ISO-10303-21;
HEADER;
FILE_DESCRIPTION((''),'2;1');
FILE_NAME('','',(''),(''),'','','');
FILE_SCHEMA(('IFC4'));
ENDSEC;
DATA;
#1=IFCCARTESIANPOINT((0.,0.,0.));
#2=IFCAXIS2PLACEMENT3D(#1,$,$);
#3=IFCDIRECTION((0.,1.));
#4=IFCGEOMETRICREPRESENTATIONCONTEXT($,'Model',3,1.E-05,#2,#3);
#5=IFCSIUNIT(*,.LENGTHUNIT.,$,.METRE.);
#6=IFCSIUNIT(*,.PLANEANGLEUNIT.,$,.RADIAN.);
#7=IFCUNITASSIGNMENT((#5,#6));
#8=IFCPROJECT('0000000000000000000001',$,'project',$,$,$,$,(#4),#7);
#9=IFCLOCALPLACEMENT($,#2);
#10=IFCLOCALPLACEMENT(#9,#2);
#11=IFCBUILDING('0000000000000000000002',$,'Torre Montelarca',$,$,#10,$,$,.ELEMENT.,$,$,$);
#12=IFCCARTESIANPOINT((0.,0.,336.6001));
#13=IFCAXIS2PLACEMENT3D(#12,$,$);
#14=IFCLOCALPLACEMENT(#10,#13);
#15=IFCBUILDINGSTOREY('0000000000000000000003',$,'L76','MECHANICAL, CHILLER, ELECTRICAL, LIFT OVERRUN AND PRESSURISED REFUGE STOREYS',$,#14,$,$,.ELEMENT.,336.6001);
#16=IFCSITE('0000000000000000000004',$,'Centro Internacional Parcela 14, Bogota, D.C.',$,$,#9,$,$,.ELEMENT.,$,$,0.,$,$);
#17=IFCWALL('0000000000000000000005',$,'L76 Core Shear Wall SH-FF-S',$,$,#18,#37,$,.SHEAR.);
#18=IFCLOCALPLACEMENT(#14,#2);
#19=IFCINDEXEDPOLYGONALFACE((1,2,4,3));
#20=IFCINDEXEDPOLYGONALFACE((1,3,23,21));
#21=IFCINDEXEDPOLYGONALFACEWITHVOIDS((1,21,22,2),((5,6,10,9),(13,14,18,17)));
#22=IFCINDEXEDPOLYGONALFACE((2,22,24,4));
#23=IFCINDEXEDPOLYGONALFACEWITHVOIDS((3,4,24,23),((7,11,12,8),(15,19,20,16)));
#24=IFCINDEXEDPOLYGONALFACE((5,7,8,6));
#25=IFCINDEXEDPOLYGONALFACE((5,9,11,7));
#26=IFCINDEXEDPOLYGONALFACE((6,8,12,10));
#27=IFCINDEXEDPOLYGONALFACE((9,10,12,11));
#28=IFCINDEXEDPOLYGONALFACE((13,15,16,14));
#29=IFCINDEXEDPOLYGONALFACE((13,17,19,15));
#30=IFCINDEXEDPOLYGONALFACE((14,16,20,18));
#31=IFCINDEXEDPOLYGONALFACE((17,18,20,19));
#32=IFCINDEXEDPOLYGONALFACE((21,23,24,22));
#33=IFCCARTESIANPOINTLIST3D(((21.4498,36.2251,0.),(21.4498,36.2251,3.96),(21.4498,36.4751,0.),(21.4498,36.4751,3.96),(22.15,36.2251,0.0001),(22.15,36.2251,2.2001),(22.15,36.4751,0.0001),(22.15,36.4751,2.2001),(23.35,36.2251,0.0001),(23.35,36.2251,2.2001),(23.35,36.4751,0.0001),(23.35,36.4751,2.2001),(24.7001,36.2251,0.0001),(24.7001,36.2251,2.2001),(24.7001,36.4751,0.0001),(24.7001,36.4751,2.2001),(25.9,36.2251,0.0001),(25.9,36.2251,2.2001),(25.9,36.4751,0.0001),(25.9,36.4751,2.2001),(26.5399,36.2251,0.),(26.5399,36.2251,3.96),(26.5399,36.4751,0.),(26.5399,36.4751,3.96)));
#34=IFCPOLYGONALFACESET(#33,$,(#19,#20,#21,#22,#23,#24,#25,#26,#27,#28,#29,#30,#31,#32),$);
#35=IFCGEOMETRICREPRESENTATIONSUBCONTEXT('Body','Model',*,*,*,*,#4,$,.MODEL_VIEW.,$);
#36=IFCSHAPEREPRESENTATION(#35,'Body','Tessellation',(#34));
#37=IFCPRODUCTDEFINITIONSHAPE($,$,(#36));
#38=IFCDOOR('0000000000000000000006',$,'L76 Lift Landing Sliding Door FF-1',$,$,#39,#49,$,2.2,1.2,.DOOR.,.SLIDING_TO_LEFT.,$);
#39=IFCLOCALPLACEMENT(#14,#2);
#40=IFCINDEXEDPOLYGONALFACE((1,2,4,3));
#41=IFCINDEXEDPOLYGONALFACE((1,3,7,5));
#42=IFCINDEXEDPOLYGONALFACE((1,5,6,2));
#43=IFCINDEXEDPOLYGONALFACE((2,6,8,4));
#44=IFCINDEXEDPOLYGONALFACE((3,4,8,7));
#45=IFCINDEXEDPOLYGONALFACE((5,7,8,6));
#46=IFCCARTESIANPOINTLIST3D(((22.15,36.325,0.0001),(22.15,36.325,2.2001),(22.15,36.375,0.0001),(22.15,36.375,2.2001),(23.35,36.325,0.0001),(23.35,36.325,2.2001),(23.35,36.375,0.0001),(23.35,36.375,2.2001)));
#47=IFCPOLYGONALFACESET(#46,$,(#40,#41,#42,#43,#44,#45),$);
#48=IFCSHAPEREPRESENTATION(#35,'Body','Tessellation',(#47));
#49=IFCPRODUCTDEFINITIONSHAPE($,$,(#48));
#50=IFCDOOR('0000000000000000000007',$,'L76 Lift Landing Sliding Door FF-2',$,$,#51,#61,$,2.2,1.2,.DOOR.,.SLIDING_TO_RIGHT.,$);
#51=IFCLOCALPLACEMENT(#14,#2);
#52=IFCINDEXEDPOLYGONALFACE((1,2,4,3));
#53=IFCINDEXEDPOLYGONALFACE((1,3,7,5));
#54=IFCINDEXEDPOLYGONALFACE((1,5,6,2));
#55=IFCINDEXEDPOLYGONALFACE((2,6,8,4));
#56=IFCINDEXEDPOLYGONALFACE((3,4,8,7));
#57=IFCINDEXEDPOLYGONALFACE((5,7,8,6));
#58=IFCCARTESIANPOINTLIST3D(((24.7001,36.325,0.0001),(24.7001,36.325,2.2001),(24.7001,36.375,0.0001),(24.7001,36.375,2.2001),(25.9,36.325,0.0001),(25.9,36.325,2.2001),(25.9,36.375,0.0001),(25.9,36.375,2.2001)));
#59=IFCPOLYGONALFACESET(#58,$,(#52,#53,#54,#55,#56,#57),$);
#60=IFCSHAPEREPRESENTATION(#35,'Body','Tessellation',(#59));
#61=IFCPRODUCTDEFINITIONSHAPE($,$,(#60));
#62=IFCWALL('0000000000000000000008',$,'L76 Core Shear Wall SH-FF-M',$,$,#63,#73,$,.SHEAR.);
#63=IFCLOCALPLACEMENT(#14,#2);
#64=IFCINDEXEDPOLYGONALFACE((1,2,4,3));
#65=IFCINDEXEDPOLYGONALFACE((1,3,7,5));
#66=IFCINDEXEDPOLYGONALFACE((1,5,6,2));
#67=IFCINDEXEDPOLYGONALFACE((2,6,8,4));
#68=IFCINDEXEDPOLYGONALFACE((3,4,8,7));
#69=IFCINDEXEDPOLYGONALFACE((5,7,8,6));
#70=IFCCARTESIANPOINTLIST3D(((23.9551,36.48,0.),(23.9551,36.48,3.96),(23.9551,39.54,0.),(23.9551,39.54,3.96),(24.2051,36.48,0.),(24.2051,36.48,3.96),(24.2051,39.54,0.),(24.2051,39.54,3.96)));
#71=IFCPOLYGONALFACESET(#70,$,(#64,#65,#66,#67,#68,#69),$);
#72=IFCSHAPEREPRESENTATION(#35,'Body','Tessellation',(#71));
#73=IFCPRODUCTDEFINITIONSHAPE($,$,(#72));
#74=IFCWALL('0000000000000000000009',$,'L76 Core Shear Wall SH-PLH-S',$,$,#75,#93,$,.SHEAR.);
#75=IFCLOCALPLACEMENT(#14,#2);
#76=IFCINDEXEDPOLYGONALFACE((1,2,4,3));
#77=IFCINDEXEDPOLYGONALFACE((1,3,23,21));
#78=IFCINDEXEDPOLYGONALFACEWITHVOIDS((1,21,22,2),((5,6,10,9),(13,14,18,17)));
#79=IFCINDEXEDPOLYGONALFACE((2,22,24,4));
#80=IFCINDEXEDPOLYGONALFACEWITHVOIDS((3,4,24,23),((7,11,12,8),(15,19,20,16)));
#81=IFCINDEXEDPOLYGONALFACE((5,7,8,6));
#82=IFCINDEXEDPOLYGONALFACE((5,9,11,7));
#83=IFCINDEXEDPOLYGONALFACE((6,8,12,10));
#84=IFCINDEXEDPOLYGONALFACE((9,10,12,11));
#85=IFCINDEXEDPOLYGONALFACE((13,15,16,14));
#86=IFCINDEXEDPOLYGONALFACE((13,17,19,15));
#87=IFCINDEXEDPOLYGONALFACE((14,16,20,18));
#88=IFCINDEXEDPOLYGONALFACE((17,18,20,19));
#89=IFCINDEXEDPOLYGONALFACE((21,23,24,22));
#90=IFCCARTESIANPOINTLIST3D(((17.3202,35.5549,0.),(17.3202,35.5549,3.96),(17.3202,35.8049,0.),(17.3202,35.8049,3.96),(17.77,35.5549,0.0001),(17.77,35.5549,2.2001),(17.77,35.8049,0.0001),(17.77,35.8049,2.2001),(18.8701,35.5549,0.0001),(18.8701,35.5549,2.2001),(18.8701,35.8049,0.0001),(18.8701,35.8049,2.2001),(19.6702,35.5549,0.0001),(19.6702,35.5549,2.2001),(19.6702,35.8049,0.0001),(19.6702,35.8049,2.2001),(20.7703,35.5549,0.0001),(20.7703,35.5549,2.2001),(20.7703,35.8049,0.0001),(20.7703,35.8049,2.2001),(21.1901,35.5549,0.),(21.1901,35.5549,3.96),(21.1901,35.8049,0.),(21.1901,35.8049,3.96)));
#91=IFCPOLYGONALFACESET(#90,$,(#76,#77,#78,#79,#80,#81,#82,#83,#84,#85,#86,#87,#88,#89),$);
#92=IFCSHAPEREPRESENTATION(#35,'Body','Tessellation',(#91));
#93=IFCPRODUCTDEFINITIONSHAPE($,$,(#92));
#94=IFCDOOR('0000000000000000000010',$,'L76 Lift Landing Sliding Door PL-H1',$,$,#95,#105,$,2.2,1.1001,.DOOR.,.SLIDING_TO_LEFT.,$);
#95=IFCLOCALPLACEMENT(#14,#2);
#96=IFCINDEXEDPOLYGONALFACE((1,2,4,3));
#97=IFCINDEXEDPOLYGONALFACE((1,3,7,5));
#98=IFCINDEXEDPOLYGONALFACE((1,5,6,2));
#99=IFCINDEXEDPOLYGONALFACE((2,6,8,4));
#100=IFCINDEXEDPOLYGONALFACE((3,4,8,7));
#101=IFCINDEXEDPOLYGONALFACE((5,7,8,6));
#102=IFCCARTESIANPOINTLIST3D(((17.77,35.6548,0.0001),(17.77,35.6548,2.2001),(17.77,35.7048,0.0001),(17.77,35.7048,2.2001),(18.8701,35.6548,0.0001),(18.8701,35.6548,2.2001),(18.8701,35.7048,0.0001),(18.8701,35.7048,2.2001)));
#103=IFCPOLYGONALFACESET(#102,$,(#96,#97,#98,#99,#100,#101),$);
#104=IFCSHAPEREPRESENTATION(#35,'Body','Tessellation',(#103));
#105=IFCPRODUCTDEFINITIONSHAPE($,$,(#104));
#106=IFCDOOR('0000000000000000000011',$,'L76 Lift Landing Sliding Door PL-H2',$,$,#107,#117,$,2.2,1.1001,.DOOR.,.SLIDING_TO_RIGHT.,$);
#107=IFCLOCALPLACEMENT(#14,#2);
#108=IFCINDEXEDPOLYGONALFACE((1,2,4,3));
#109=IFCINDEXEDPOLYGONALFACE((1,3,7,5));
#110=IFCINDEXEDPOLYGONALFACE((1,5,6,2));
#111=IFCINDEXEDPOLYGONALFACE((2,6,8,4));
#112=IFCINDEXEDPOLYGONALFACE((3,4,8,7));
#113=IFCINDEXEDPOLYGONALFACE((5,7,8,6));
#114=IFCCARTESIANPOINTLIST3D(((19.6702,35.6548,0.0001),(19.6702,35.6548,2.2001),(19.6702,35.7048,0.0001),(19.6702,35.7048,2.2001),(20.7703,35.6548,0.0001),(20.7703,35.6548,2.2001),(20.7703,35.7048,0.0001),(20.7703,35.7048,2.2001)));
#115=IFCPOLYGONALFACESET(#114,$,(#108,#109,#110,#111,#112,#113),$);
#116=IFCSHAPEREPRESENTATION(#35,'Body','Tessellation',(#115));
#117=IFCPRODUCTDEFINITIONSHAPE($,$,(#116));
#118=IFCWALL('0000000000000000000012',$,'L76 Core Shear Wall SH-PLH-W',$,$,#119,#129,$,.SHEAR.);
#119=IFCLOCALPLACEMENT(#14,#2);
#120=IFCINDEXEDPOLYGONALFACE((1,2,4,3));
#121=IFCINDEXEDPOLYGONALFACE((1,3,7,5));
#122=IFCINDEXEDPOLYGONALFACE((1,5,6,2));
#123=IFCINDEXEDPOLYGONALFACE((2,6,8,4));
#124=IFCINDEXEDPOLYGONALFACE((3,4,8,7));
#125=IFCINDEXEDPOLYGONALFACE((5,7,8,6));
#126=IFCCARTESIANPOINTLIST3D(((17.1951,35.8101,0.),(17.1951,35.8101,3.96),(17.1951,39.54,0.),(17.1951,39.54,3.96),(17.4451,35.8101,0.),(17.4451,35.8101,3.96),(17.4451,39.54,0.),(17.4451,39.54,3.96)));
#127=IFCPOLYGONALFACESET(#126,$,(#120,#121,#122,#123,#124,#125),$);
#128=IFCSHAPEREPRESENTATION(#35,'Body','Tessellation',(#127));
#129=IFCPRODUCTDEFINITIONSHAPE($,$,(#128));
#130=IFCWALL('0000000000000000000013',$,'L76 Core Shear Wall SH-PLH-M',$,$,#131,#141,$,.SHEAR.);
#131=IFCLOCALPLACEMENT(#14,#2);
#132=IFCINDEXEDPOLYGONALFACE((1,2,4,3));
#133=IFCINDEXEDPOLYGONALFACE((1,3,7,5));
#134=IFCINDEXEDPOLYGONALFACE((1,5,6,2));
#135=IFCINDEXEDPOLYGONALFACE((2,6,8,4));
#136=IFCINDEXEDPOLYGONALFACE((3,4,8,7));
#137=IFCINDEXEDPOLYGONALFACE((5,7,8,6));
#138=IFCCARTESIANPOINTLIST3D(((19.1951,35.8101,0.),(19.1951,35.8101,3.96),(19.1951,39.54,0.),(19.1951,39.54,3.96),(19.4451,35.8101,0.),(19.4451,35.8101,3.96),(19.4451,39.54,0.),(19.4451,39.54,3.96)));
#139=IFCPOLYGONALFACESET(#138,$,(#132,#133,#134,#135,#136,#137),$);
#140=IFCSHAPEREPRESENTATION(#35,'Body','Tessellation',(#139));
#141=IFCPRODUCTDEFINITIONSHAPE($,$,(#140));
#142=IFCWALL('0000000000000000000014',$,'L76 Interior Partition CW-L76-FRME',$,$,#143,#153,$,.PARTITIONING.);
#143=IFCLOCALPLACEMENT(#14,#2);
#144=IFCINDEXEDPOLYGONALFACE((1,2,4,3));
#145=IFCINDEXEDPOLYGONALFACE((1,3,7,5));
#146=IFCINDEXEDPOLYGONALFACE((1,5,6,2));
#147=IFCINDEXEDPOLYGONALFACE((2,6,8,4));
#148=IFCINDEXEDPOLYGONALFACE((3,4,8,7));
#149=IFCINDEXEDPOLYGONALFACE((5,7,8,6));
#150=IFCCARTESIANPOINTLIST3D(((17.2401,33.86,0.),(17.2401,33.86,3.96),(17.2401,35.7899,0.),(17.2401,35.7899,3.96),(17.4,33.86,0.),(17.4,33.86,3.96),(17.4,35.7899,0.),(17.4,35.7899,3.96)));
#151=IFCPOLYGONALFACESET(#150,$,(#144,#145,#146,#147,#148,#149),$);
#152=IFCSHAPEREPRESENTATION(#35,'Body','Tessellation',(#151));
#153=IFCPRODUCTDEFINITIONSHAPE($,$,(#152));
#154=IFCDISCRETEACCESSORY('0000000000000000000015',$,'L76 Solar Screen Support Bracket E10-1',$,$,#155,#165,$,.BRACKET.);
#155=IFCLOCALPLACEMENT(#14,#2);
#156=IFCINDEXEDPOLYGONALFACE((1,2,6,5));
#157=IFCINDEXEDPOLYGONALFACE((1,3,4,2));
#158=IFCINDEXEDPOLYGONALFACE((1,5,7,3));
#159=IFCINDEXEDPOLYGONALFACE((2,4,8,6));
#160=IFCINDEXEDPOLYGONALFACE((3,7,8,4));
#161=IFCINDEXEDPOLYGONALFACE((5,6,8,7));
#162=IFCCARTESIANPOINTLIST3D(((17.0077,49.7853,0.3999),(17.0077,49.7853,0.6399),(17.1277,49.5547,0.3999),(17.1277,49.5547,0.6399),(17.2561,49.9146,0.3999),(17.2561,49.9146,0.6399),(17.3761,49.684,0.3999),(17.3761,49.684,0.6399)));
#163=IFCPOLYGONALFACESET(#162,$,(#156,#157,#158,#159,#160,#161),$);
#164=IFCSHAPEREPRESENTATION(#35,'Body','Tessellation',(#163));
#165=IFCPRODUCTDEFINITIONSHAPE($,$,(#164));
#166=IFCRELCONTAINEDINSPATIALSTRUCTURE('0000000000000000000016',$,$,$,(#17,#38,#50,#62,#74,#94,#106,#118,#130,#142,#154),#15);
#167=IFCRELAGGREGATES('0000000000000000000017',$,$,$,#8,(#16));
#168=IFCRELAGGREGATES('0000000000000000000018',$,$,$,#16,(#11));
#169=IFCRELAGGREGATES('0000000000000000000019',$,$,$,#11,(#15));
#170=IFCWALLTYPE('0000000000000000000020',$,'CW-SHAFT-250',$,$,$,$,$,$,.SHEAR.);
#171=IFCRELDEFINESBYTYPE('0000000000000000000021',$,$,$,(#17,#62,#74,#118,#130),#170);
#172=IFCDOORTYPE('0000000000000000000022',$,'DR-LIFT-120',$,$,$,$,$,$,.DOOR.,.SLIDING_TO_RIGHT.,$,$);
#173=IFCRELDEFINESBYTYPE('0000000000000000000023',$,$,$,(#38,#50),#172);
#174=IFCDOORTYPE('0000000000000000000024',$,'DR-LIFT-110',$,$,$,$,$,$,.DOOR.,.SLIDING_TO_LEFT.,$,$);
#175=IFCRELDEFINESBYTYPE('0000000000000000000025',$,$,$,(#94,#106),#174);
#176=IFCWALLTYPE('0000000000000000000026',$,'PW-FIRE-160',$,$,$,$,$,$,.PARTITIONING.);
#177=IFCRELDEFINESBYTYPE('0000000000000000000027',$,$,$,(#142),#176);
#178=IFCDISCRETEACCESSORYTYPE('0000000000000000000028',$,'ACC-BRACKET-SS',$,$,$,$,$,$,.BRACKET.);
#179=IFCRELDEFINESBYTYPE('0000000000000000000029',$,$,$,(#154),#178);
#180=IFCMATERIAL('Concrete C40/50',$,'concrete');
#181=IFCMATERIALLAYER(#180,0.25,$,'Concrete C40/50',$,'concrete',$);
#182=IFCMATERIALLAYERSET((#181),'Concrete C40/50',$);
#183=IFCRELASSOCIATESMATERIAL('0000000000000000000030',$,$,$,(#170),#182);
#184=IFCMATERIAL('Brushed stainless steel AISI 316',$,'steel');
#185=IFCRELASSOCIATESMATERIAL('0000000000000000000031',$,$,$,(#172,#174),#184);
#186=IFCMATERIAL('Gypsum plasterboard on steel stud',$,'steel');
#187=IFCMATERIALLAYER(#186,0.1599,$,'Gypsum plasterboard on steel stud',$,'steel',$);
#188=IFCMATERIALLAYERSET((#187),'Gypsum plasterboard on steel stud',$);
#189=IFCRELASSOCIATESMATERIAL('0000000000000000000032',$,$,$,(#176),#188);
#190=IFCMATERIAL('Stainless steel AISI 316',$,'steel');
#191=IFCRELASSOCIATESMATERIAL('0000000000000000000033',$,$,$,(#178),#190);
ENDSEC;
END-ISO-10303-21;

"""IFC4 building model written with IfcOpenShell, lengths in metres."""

from ifc_helpers import new_model, si_unit, direction, frame, frame_2d, origin, origin_2d, place, context, subcontext, project, spatial, rectangle, extrude, source, transform, mapped, material, layer, layer_set, type_object, element, fill, save


model = new_model("IFC4")

# Units and contexts
model_context = context("Model", 3, precision=1e-05, world=origin(), true_north=direction((0.0, 1.0)))
body_context = subcontext(model_context, "Body", "Model", "MODEL_VIEW")
ifc_project = project(units=[si_unit("LENGTHUNIT", "METRE"), si_unit("PLANEANGLEUNIT", "RADIAN")], contexts=[model_context])

# Site, building, storey
site_placement = place(None, origin())
site = spatial("IfcSite", under=ifc_project, at=site_placement, Name="Centro Internacional Parcela 14, Bogota, D.C.", CompositionType="ELEMENT", RefElevation=0.0)
building_placement = place(site_placement, origin())
building = spatial("IfcBuilding", under=site, at=building_placement, Name="Torre Montelarca", CompositionType="ELEMENT")
storey_placement = place(building_placement, frame((0.0, 0.0, 336.6001)))
storey = spatial("IfcBuildingStorey", under=building, at=storey_placement, Name="L76", Description="MECHANICAL, CHILLER, ELECTRICAL, LIFT OVERRUN AND PRESSURISED REFUGE STOREYS", CompositionType="ELEMENT", Elevation=336.6001)

# Shared definitions
ifc_material_1 = material(Name="Concrete C40/50", Category="concrete")
ifc_layer_1 = layer(ifc_material_1, 0.25, Name="Concrete C40/50", Category="concrete")
ifc_layer_set_1 = layer_set([ifc_layer_1], Name="Concrete C40/50")
wall_type_1 = type_object("IfcWallType", Name="CW-SHAFT-250", PredefinedType="SHEAR", material=ifc_layer_set_1)

# Wall, openings, doors
wall_1_placement = place(storey_placement, frame((21.45, 36.3501, 0.0), z_axis=(0.0, 0.0, 1.0), x_axis=(1.0, 0.0, 0.0)))
wall_1 = element("IfcWall", 1, at=wall_1_placement, inside=storey, type_object=wall_type_1, Name="L76 Core Shear Wall SH-FF-S", PredefinedType="SHEAR", context=body_context, shape_type="SweptSolid", body=[
    extrude(rectangle(XDim=5.0901, YDim=0.25, at=frame_2d((2.5449, 0.0))), origin(), (0.0, 0.0, 1.0), 3.96),
])
opening_1_placement = place(wall_1_placement, frame((0.7, 0.0, 0.0)))
opening_1 = element("IfcOpeningElement", 2, at=opening_1_placement, cuts=wall_1, PredefinedType="OPENING", context=body_context, shape_type="SweptSolid", body=[
    extrude(rectangle(XDim=1.2, YDim=2.2, at=frame_2d((0.6001, 1.1001))), frame((0.0, 0.135, 0.0), z_axis=(0.0, -1.0, 0.0), x_axis=(1.0, 0.0, 0.0)), (0.0, 0.0, 1.0), 0.27),
])
opening_2_placement = place(wall_1_placement, frame((3.25, 0.0, 0.0)))
opening_2 = element("IfcOpeningElement", 3, at=opening_2_placement, cuts=wall_1, PredefinedType="OPENING", context=body_context, shape_type="SweptSolid", body=[
    extrude(rectangle(XDim=1.2, YDim=2.2, at=frame_2d((0.6001, 1.1001))), frame((0.0, 0.135, 0.0), z_axis=(0.0, -1.0, 0.0), x_axis=(1.0, 0.0, 0.0)), (0.0, 0.0, 1.0), 0.27),
])
ifc_material_2 = material(Name="Brushed stainless steel AISI 316", Category="steel")
door_type_1 = type_object("IfcDoorType", Name="DR-LIFT-120", OperationType="SLIDING_TO_RIGHT", PredefinedType="DOOR", material=ifc_material_2)
shared_shape_1 = source(origin(), body_context, "Body", "SweptSolid", [
    extrude(rectangle(XDim=1.2, YDim=2.2, at=frame_2d((0.6001, 1.1001))), frame((0.0, 0.0249, 0.0), z_axis=(0.0, -1.0, 0.0), x_axis=(1.0, 0.0, 0.0)), (0.0, 0.0, 1.0), 0.05),
])
door_1_placement = place(opening_1_placement, origin())
door_1 = element("IfcDoor", 4, at=door_1_placement, inside=storey, type_object=door_type_1, Name="L76 Lift Landing Sliding Door FF-1", OperationType="SLIDING_TO_LEFT", OverallHeight=2.2, OverallWidth=1.2, PredefinedType="DOOR", context=body_context, shape_type="MappedRepresentation", body=[
    mapped(shared_shape_1, transform((0.0, 0.0, 0.0), scale=1.0)),
])
fill(opening_1, door_1)
door_2_placement = place(opening_2_placement, origin())
door_2 = element("IfcDoor", 5, at=door_2_placement, inside=storey, type_object=door_type_1, Name="L76 Lift Landing Sliding Door FF-2", OperationType="SLIDING_TO_RIGHT", OverallHeight=2.2, OverallWidth=1.2, PredefinedType="DOOR", context=body_context, shape_type="MappedRepresentation", body=[
    mapped(shared_shape_1, transform((0.0, 0.0, 0.0), scale=1.0)),
])
fill(opening_2, door_2)

# Wall
wall_2_placement = place(storey_placement, frame((24.0801, 36.48, 0.0), z_axis=(0.0, 0.0, 1.0), x_axis=(0.0, 1.0, 0.0)))
element("IfcWall", 6, at=wall_2_placement, inside=storey, type_object=wall_type_1, Name="L76 Core Shear Wall SH-FF-M", PredefinedType="SHEAR", context=body_context, shape_type="SweptSolid", body=[
    extrude(rectangle(XDim=3.0601, YDim=0.25, at=frame_2d((1.53, 0.0))), origin(), (0.0, 0.0, 1.0), 3.96),
])

# Wall, openings, doors
wall_3_placement = place(storey_placement, frame((17.3201, 35.6799, 0.0), z_axis=(0.0, 0.0, 1.0), x_axis=(1.0, 0.0, 0.0)))
wall_3 = element("IfcWall", 7, at=wall_3_placement, inside=storey, type_object=wall_type_1, Name="L76 Core Shear Wall SH-PLH-S", PredefinedType="SHEAR", context=body_context, shape_type="SweptSolid", body=[
    extrude(rectangle(XDim=3.8699, YDim=0.25, at=frame_2d((1.9351, 0.0))), origin(), (0.0, 0.0, 1.0), 3.96),
])
opening_3_placement = place(wall_3_placement, frame((0.45, 0.0, 0.0)))
opening_3 = element("IfcOpeningElement", 8, at=opening_3_placement, cuts=wall_3, PredefinedType="OPENING", context=body_context, shape_type="SweptSolid", body=[
    extrude(rectangle(XDim=1.1001, YDim=2.2, at=frame_2d((0.55, 1.1001))), frame((0.0, 0.135, 0.0), z_axis=(0.0, -1.0, 0.0), x_axis=(1.0, 0.0, 0.0)), (0.0, 0.0, 1.0), 0.27),
])
opening_4_placement = place(wall_3_placement, frame((2.3501, 0.0, 0.0)))
opening_4 = element("IfcOpeningElement", 9, at=opening_4_placement, cuts=wall_3, PredefinedType="OPENING", context=body_context, shape_type="SweptSolid", body=[
    extrude(rectangle(XDim=1.1001, YDim=2.2, at=frame_2d((0.55, 1.1001))), frame((0.0, 0.135, 0.0), z_axis=(0.0, -1.0, 0.0), x_axis=(1.0, 0.0, 0.0)), (0.0, 0.0, 1.0), 0.27),
])
door_type_2 = type_object("IfcDoorType", Name="DR-LIFT-110", OperationType="SLIDING_TO_LEFT", PredefinedType="DOOR", material=ifc_material_2)
shared_shape_2 = source(origin(), body_context, "Body", "SweptSolid", [
    extrude(rectangle(XDim=1.1001, YDim=2.2, at=frame_2d((0.55, 1.1001))), frame((0.0, 0.0249, 0.0), z_axis=(0.0, -1.0, 0.0), x_axis=(1.0, 0.0, 0.0)), (0.0, 0.0, 1.0), 0.05),
])
door_3_placement = place(opening_3_placement, origin())
door_3 = element("IfcDoor", 10, at=door_3_placement, inside=storey, type_object=door_type_2, Name="L76 Lift Landing Sliding Door PL-H1", OperationType="SLIDING_TO_LEFT", OverallHeight=2.2, OverallWidth=1.1001, PredefinedType="DOOR", context=body_context, shape_type="MappedRepresentation", body=[
    mapped(shared_shape_2, transform((0.0, 0.0, 0.0), scale=1.0)),
])
fill(opening_3, door_3)
door_4_placement = place(opening_4_placement, origin())
door_4 = element("IfcDoor", 11, at=door_4_placement, inside=storey, type_object=door_type_2, Name="L76 Lift Landing Sliding Door PL-H2", OperationType="SLIDING_TO_RIGHT", OverallHeight=2.2, OverallWidth=1.1001, PredefinedType="DOOR", context=body_context, shape_type="MappedRepresentation", body=[
    mapped(shared_shape_2, transform((0.0, 0.0, 0.0), scale=1.0)),
])
fill(opening_4, door_4)

# Walls
for number, where, z_axis, x_axis, name in (
    (12, (17.3201, 35.8101, 0.0), (0.0, 0.0, 1.0), (0.0, 1.0, 0.0), "L76 Core Shear Wall SH-PLH-W"),
    (13, (19.3201, 35.8101, 0.0), (0.0, 0.0, 1.0), (0.0, 1.0, 0.0), "L76 Core Shear Wall SH-PLH-M"),
):
    element("IfcWall", number, at=place(storey_placement, frame(where, z_axis=z_axis, x_axis=x_axis)), inside=storey, type_object=wall_type_1, Name=name, PredefinedType="SHEAR", context=body_context, shape_type="SweptSolid", body=[
        extrude(rectangle(XDim=3.73, YDim=0.25, at=frame_2d((1.865, 0.0))), origin(), (0.0, 0.0, 1.0), 3.96),
    ])
ifc_material_3 = material(Name="Gypsum plasterboard on steel stud", Category="steel")
ifc_layer_2 = layer(ifc_material_3, 0.1599, Name="Gypsum plasterboard on steel stud", Category="steel")
ifc_layer_set_2 = layer_set([ifc_layer_2], Name="Gypsum plasterboard on steel stud")
wall_type_2 = type_object("IfcWallType", Name="PW-FIRE-160", PredefinedType="PARTITIONING", material=ifc_layer_set_2)
wall_4_placement = place(storey_placement, frame((17.3201, 33.8601, 0.0), z_axis=(0.0, 0.0, 1.0), x_axis=(0.0, 1.0, 0.0)))
element("IfcWall", 14, at=wall_4_placement, inside=storey, type_object=wall_type_2, Name="L76 Interior Partition CW-L76-FRME", PredefinedType="PARTITIONING", context=body_context, shape_type="SweptSolid", body=[
    extrude(rectangle(XDim=1.9299, YDim=0.1599, at=frame_2d((0.9648, 0.0))), origin(), (0.0, 0.0, 1.0), 3.96),
])

# Discrete accessory
ifc_material_4 = material(Name="Stainless steel AISI 316", Category="steel")
discrete_accessory_type = type_object("IfcDiscreteAccessoryType", Name="ACC-BRACKET-SS", PredefinedType="BRACKET", material=ifc_material_4)
shared_shape_3 = source(origin(), body_context, "Body", "SweptSolid", [
    extrude(rectangle(XDim=0.28, YDim=0.26, at=origin_2d()), origin(), (0.0, 0.0, 1.0), 0.24),
])
discrete_accessory_placement = place(storey_placement, frame((17.1919, 49.7346, 0.3999), z_axis=(0.0, 0.0, 1.0), x_axis=(-0.88701, -0.46175, 0.0)))
element("IfcDiscreteAccessory", 15, at=discrete_accessory_placement, inside=storey, type_object=discrete_accessory_type, Name="L76 Solar Screen Support Bracket E10-1", PredefinedType="BRACKET", context=body_context, shape_type="MappedRepresentation", body=[
    mapped(shared_shape_3, transform((0.0, 0.0, 0.0), scale=1.0)),
])

save(model, "model.ifc")
